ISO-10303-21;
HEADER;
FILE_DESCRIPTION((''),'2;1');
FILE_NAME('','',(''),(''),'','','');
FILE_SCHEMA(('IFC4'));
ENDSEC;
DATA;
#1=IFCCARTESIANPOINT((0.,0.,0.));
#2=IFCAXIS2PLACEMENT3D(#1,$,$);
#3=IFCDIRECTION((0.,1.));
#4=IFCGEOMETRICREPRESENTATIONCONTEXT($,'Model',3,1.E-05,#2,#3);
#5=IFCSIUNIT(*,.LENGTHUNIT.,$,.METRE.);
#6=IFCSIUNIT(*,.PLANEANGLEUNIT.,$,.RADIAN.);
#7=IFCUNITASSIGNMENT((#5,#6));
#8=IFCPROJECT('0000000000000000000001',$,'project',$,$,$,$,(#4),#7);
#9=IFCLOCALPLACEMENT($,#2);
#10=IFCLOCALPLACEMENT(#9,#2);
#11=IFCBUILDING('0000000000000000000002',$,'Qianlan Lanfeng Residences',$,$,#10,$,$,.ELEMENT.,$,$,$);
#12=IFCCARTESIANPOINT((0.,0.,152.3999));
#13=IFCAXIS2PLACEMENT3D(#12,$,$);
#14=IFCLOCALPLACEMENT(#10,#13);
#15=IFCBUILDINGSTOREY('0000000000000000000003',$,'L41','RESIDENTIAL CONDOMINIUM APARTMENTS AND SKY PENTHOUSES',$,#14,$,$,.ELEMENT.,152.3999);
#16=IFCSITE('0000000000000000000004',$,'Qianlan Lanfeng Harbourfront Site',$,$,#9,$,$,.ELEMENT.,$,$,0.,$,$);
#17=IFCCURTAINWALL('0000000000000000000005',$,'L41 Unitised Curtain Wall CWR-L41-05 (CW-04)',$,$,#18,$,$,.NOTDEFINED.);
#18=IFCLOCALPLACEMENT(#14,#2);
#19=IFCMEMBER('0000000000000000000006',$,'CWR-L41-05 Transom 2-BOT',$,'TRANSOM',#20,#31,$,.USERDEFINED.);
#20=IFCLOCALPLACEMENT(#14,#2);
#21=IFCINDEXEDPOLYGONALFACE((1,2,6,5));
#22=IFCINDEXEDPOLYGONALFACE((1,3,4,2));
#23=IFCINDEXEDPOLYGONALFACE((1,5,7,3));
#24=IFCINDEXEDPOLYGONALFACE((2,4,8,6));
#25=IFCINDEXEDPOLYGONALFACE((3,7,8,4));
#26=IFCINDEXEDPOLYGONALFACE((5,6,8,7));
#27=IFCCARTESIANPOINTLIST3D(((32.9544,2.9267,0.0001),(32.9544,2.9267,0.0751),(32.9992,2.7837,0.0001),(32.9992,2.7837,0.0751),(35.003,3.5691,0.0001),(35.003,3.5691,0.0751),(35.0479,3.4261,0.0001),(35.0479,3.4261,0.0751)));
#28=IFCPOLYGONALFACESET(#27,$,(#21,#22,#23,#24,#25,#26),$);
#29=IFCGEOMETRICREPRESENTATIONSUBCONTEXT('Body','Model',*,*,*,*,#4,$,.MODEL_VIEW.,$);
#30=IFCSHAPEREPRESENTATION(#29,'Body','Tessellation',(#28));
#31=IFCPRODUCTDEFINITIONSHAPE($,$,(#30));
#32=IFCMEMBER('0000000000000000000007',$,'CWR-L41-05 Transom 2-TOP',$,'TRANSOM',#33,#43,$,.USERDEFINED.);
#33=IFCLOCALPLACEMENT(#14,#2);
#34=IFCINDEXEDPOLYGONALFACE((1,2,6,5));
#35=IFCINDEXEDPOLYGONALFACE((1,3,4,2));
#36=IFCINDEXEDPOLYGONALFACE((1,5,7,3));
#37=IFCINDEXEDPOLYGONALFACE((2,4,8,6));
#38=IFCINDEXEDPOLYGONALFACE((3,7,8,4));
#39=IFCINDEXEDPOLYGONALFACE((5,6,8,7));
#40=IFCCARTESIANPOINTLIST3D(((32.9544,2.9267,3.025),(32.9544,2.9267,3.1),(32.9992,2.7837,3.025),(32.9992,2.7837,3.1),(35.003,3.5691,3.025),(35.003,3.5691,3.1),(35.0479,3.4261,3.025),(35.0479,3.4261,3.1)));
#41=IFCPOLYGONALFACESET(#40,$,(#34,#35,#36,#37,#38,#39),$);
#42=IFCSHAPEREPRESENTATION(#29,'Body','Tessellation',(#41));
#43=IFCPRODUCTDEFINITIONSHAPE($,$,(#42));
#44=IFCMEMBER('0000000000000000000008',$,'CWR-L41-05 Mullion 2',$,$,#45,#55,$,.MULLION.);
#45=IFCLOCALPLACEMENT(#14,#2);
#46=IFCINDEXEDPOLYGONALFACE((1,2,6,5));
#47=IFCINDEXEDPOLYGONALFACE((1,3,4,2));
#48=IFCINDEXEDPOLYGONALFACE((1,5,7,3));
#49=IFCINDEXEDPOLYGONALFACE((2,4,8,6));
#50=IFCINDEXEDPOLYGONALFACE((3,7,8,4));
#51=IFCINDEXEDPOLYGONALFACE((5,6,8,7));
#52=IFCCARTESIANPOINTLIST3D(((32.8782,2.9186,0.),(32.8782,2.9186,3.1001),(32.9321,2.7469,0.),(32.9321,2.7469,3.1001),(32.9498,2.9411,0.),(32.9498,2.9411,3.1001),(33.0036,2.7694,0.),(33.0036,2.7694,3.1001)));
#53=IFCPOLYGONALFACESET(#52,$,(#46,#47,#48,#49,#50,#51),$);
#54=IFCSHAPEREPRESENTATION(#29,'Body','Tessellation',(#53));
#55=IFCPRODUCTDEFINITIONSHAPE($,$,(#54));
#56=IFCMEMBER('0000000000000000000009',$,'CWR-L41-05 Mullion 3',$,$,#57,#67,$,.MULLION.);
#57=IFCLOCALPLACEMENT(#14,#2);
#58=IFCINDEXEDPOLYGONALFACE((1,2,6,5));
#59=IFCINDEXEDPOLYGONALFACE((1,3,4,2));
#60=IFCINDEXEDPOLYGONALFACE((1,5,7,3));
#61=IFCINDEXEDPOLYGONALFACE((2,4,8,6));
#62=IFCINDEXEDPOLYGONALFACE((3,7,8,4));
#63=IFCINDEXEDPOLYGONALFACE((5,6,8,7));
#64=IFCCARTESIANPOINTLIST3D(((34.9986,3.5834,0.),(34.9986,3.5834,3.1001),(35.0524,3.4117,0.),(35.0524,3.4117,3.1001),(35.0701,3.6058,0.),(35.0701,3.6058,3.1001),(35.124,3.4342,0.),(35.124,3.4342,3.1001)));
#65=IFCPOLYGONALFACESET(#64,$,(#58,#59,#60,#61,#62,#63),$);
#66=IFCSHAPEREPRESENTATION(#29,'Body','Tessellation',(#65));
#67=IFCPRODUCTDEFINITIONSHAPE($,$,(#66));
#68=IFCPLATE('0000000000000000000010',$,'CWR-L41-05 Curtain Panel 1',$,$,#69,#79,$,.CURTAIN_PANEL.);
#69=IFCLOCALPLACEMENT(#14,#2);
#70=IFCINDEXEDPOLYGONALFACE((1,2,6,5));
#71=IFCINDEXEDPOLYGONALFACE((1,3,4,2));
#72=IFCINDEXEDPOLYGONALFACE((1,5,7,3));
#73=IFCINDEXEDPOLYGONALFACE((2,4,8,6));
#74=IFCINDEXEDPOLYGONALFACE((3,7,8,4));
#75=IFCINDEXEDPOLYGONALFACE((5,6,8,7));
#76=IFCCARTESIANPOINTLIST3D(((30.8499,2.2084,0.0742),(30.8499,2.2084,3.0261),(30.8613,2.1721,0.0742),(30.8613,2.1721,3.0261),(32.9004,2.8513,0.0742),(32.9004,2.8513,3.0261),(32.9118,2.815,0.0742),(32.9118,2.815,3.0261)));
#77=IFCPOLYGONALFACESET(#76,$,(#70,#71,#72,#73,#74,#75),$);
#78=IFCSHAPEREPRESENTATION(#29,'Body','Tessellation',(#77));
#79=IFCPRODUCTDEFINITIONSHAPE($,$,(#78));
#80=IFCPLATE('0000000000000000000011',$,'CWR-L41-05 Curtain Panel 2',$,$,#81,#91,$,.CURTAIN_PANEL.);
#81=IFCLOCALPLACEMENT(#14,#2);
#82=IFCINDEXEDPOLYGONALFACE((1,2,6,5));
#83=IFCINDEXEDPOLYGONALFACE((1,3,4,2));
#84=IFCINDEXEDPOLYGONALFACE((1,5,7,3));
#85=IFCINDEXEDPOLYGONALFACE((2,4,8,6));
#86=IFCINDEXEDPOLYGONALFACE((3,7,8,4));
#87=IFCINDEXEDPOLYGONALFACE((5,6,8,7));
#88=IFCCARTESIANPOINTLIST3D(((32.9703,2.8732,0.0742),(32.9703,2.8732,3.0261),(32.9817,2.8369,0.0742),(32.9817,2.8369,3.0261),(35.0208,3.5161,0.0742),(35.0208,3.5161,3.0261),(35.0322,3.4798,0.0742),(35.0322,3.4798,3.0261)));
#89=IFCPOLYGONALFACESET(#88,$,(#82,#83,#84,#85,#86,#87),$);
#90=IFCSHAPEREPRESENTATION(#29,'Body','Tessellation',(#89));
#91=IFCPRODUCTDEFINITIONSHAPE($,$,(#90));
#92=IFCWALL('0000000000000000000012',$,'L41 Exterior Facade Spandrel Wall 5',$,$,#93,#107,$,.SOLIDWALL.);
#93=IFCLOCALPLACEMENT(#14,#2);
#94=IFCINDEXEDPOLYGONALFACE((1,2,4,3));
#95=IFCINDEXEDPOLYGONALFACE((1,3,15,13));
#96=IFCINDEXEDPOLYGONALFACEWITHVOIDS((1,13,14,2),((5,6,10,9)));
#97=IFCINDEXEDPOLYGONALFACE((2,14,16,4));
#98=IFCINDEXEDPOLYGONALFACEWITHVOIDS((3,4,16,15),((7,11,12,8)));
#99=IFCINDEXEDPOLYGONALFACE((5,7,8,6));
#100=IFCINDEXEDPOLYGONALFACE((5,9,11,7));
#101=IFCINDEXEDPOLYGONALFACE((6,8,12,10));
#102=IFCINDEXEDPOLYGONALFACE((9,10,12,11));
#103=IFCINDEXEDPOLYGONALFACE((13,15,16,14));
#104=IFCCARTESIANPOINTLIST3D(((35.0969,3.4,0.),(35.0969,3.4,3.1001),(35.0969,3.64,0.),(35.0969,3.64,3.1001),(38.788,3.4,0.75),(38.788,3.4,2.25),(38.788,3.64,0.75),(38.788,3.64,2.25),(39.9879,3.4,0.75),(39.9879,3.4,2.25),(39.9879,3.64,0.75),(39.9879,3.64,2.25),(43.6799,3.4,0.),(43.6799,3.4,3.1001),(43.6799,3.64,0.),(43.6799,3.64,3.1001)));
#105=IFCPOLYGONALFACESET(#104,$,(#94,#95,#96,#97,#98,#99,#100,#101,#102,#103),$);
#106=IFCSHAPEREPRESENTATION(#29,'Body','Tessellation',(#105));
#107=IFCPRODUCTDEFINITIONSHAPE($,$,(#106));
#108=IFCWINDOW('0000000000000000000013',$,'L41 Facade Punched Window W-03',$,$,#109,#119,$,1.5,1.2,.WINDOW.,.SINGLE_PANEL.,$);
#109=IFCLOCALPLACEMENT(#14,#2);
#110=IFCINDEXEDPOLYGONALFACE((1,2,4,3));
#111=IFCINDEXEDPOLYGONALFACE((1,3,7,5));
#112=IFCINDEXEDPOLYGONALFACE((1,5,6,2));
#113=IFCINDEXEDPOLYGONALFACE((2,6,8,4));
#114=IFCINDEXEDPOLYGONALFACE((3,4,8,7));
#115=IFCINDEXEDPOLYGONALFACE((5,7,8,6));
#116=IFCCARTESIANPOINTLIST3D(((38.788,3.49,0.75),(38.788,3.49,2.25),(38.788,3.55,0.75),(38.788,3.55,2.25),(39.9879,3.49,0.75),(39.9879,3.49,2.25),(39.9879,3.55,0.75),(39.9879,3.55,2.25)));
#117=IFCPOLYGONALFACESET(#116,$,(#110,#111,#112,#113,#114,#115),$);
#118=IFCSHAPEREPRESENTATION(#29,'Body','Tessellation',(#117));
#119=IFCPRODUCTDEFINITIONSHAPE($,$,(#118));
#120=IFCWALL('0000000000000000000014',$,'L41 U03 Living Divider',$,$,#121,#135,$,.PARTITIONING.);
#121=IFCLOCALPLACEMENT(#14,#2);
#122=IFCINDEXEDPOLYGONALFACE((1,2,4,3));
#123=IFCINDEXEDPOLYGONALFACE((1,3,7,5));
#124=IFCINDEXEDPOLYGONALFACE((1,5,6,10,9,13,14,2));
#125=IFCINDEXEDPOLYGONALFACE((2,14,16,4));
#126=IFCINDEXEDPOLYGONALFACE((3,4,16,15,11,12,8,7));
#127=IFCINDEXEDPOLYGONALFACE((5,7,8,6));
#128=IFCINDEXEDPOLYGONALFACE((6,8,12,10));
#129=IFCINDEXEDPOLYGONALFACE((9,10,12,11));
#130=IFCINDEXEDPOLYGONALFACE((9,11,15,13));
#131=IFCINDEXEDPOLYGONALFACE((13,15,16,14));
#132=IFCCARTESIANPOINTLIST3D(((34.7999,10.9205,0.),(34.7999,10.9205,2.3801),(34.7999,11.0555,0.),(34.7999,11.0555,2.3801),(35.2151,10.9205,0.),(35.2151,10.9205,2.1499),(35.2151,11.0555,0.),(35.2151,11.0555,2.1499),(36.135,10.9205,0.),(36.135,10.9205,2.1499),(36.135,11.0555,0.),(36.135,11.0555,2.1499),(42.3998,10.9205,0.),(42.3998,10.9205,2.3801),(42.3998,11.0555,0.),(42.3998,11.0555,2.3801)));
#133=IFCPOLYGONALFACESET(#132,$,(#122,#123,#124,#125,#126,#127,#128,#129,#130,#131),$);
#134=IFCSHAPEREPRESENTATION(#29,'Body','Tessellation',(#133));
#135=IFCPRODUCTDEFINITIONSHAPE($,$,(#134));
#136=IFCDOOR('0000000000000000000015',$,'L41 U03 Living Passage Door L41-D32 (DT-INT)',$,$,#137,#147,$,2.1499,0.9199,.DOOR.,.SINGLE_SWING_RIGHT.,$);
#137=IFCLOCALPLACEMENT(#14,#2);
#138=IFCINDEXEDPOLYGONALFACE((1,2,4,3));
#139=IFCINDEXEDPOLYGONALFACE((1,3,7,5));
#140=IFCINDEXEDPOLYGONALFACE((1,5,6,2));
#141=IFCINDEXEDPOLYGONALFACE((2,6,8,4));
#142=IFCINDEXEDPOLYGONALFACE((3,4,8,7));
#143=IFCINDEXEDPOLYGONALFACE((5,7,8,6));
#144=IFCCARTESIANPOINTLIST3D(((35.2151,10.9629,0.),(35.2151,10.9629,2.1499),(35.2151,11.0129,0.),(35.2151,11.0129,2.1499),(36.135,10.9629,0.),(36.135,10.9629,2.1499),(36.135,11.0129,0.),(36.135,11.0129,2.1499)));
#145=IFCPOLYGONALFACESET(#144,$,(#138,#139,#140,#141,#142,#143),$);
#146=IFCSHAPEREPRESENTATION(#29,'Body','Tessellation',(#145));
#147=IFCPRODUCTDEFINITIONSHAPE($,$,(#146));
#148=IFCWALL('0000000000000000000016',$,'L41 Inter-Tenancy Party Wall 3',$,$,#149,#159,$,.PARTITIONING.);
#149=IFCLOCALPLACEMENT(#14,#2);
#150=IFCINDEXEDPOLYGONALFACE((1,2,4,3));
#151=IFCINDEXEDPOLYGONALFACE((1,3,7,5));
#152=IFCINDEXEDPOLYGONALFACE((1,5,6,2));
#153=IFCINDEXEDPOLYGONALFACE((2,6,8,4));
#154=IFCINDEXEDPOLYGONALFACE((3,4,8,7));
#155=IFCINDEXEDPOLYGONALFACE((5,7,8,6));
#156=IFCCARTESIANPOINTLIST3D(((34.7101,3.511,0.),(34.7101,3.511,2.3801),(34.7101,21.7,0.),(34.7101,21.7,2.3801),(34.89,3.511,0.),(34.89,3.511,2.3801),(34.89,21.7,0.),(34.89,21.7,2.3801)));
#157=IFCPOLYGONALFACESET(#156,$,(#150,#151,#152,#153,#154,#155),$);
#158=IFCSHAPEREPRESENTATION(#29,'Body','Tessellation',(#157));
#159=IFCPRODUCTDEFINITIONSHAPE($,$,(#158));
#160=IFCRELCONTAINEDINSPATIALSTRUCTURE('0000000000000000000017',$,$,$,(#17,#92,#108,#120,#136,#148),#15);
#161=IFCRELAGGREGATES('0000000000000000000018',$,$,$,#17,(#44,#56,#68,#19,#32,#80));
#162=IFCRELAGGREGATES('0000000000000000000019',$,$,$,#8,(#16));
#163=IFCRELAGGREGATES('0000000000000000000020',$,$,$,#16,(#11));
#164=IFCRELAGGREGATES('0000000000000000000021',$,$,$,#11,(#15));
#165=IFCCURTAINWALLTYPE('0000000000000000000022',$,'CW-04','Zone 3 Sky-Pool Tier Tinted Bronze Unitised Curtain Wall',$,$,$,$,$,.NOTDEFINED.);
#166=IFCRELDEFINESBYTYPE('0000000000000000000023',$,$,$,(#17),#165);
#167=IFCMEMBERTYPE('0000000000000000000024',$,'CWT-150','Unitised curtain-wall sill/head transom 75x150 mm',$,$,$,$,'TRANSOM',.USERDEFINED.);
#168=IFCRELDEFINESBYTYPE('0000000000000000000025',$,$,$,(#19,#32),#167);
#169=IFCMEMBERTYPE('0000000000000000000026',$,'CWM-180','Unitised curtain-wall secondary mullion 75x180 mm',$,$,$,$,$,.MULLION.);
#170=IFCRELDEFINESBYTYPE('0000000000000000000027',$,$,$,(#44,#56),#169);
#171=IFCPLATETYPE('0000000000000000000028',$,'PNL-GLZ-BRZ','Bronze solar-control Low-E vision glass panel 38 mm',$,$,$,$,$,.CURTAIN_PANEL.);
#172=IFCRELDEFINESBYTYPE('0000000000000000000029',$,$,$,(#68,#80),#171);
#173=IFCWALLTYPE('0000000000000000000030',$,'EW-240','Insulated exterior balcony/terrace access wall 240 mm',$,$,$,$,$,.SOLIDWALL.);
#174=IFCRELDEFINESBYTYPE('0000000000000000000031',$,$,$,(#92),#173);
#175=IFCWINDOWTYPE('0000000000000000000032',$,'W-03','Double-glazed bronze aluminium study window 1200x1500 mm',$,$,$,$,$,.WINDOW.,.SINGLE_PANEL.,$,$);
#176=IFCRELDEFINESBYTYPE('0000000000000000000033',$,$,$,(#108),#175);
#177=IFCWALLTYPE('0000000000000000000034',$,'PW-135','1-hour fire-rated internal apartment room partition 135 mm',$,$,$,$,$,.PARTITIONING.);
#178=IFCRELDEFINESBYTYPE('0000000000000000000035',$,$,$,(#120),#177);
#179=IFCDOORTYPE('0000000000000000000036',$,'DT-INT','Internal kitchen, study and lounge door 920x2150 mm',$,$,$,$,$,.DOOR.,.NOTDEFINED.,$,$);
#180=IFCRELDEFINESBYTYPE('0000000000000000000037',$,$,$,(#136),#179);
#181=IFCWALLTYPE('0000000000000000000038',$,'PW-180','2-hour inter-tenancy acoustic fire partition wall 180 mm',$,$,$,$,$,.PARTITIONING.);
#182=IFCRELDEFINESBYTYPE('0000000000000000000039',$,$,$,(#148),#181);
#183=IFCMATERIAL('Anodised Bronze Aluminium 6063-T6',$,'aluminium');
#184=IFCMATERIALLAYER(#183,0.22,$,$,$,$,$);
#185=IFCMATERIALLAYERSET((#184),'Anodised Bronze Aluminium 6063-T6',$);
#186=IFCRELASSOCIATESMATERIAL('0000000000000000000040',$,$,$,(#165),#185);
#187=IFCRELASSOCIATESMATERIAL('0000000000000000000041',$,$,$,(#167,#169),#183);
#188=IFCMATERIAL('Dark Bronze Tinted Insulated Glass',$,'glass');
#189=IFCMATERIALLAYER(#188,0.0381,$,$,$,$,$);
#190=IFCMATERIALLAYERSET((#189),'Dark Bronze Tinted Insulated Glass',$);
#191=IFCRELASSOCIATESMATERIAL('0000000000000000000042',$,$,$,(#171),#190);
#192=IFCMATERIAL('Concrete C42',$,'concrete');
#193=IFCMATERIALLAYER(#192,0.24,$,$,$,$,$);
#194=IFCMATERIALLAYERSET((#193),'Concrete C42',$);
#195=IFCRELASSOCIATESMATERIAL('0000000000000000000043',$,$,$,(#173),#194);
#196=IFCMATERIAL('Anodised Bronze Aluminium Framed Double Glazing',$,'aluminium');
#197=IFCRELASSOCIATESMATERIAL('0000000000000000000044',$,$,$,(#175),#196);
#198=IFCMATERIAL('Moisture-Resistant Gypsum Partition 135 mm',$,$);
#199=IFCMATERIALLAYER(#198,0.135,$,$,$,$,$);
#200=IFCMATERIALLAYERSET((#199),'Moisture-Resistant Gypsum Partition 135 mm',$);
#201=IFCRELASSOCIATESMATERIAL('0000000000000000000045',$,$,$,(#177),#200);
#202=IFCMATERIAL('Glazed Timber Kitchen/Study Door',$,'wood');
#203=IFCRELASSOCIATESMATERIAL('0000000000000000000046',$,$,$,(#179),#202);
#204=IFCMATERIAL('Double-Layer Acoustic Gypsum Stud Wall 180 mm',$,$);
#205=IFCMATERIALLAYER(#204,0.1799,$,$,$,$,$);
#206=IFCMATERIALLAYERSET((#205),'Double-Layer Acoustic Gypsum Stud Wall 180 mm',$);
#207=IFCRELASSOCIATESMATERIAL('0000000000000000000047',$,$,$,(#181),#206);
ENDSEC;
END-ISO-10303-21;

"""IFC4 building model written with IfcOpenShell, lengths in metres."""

from ifc_helpers import new_model, si_unit, direction, frame, frame_2d, origin, origin_2d, place, context, subcontext, project, spatial, rectangle, extrude, source, transform, mapped, material, layer, layer_set, material_profile, profile_set, type_object, element, fill, aggregate, save


model = new_model("IFC4")

# Units and contexts
model_context = context("Model", 3, precision=1e-05, world=origin(), true_north=direction((0.0, 1.0)))
body_context = subcontext(model_context, "Body", "Model", "MODEL_VIEW")
ifc_project = project(units=[si_unit("LENGTHUNIT", "METRE"), si_unit("PLANEANGLEUNIT", "RADIAN")], contexts=[model_context])

# Site, building, storey
site_placement = place(None, origin())
site = spatial("IfcSite", under=ifc_project, at=site_placement, Name="Qianlan Lanfeng Harbourfront Site", CompositionType="ELEMENT", RefElevation=0.0)
building_placement = place(site_placement, origin())
building = spatial("IfcBuilding", under=site, at=building_placement, Name="Qianlan Lanfeng Residences", CompositionType="ELEMENT")
storey_placement = place(building_placement, frame((0.0, 0.0, 152.3999)))
storey = spatial("IfcBuildingStorey", under=building, at=storey_placement, Name="L41", Description="RESIDENTIAL CONDOMINIUM APARTMENTS AND SKY PENTHOUSES", CompositionType="ELEMENT", Elevation=152.3999)

# Curtain wall, members, plates
ifc_material_1 = material(Name="Anodised Bronze Aluminium 6063-T6", Category="aluminium")
ifc_layer_1 = layer(ifc_material_1, 0.22)
ifc_layer_set_1 = layer_set([ifc_layer_1], Name="Anodised Bronze Aluminium 6063-T6")
curtain_wall_type = type_object("IfcCurtainWallType", Name="CW-04", Description="Zone 3 Sky-Pool Tier Tinted Bronze Unitised Curtain Wall", PredefinedType="NOTDEFINED", material=ifc_layer_set_1)
curtain_wall_placement = place(storey_placement, origin())
curtain_wall = element("IfcCurtainWall", 1, at=curtain_wall_placement, inside=storey, type_object=curtain_wall_type, Name="L41 Unitised Curtain Wall CWR-L41-05 (CW-04)", PredefinedType="NOTDEFINED")
ifc_material_profile_1 = material_profile(ifc_material_1, rectangle(XDim=0.075, YDim=0.1499, at=origin_2d()), Name="ALU TRANSOM 75x150")
ifc_profile_set_1 = profile_set([ifc_material_profile_1], Name="Anodised Bronze Aluminium 6063-T6")
member_type_1 = type_object("IfcMemberType", Name="CWT-150", Description="Unitised curtain-wall sill/head transom 75x150 mm", ElementType="TRANSOM", PredefinedType="USERDEFINED", material=ifc_profile_set_1)
shared_shape_1 = source(origin(), body_context, "Body", "SweptSolid", [
    extrude(rectangle(XDim=0.075, YDim=0.1499, at=origin_2d()), origin(), (0.0, 0.0, 1.0), 2.147),
])
member_1_placement = place(storey_placement, frame((32.9768, 2.8552, 0.0376), z_axis=(0.954194, 0.299188, 0.0), x_axis=(0.0, 0.0, 1.0)))
member_1 = element("IfcMember", 2, at=member_1_placement, type_object=member_type_1, Name="CWR-L41-05 Transom 2-BOT", ObjectType="TRANSOM", PredefinedType="USERDEFINED", context=body_context, shape_type="MappedRepresentation", body=[
    mapped(shared_shape_1, transform((0.0, 0.0, 0.0), scale=1.0)),
])
member_2_placement = place(storey_placement, frame((32.9768, 2.8552, 3.0625), z_axis=(0.954194, 0.299188, 0.0), x_axis=(0.0, 0.0, 1.0)))
member_2 = element("IfcMember", 3, at=member_2_placement, type_object=member_type_1, Name="CWR-L41-05 Transom 2-TOP", ObjectType="TRANSOM", PredefinedType="USERDEFINED", context=body_context, shape_type="MappedRepresentation", body=[
    mapped(shared_shape_1, transform((0.0, 0.0, 0.0), scale=1.0)),
])
ifc_material_profile_2 = material_profile(ifc_material_1, rectangle(XDim=0.075, YDim=0.1799, at=origin_2d()), Name="ALU MULLION 75x180")
ifc_profile_set_2 = profile_set([ifc_material_profile_2], Name="Anodised Bronze Aluminium 6063-T6")
member_type_2 = type_object("IfcMemberType", Name="CWM-180", Description="Unitised curtain-wall secondary mullion 75x180 mm", PredefinedType="MULLION", material=ifc_profile_set_2)
shared_shape_2 = source(origin(), body_context, "Body", "SweptSolid", [
    extrude(rectangle(XDim=0.075, YDim=0.1799, at=origin_2d()), origin(), (0.0, 0.0, 1.0), 3.1001),
])
member_3_placement = place(storey_placement, frame((32.9409, 2.844, 0.0), z_axis=(0.0, 0.0, 1.0), x_axis=(0.954196, 0.299182, 0.0)))
member_3 = element("IfcMember", 4, at=member_3_placement, type_object=member_type_2, Name="CWR-L41-05 Mullion 2", PredefinedType="MULLION", context=body_context, shape_type="MappedRepresentation", body=[
    mapped(shared_shape_2, transform((0.0, 0.0, 0.0), scale=1.0)),
])
member_4_placement = place(storey_placement, frame((35.0613, 3.5088, 0.0), z_axis=(0.0, 0.0, 1.0), x_axis=(0.954196, 0.299182, 0.0)))
member_4 = element("IfcMember", 5, at=member_4_placement, type_object=member_type_2, Name="CWR-L41-05 Mullion 3", PredefinedType="MULLION", context=body_context, shape_type="MappedRepresentation", body=[
    mapped(shared_shape_2, transform((0.0, 0.0, 0.0), scale=1.0)),
])
ifc_material_2 = material(Name="Dark Bronze Tinted Insulated Glass", Category="glass")
ifc_layer_2 = layer(ifc_material_2, 0.0381)
ifc_layer_set_2 = layer_set([ifc_layer_2], Name="Dark Bronze Tinted Insulated Glass")
plate_type = type_object("IfcPlateType", Name="PNL-GLZ-BRZ", Description="Bronze solar-control Low-E vision glass panel 38 mm", PredefinedType="CURTAIN_PANEL", material=ifc_layer_set_2)
shared_shape_3 = source(origin(), body_context, "Body", "SweptSolid", [
    extrude(rectangle(XDim=2.1489, YDim=0.0381, at=origin_2d()), origin(), (0.0, 0.0, 1.0), 2.9519),
])
plate_1_placement = place(storey_placement, frame((31.8809, 2.5117, 0.0742), z_axis=(0.0, 0.0, 1.0), x_axis=(0.954196, 0.299182, 0.0)))
plate_1 = element("IfcPlate", 6, at=plate_1_placement, type_object=plate_type, Name="CWR-L41-05 Curtain Panel 1", PredefinedType="CURTAIN_PANEL", context=body_context, shape_type="MappedRepresentation", body=[
    mapped(shared_shape_3, transform((0.0, 0.0, 0.0), scale=1.0)),
])
plate_2_placement = place(storey_placement, frame((34.0012, 3.1765, 0.0742), z_axis=(0.0, 0.0, 1.0), x_axis=(0.954196, 0.299182, 0.0)))
plate_2 = element("IfcPlate", 7, at=plate_2_placement, type_object=plate_type, Name="CWR-L41-05 Curtain Panel 2", PredefinedType="CURTAIN_PANEL", context=body_context, shape_type="MappedRepresentation", body=[
    mapped(shared_shape_3, transform((0.0, 0.0, 0.0), scale=1.0)),
])
aggregate(curtain_wall, [member_3, member_4, plate_1, member_1, member_2, plate_2])

# Wall, opening, window
ifc_material_3 = material(Name="Concrete C42", Category="concrete")
ifc_layer_3 = layer(ifc_material_3, 0.24)
ifc_layer_set_3 = layer_set([ifc_layer_3], Name="Concrete C42")
wall_type_1 = type_object("IfcWallType", Name="EW-240", Description="Insulated exterior balcony/terrace access wall 240 mm", PredefinedType="SOLIDWALL", material=ifc_layer_set_3)
wall_1_placement = place(storey_placement, frame((35.0969, 3.52, 0.0), z_axis=(0.0, 0.0, 1.0), x_axis=(1.0, 0.0, 0.0)))
wall_1 = element("IfcWall", 8, at=wall_1_placement, inside=storey, type_object=wall_type_1, Name="L41 Exterior Facade Spandrel Wall 5", PredefinedType="SOLIDWALL", context=body_context, shape_type="SweptSolid", body=[
    extrude(rectangle(XDim=8.583, YDim=0.24, at=frame_2d((4.2915, 0.0))), origin(), (0.0, 0.0, 1.0), 3.1001),
])
opening_1_placement = place(wall_1_placement, frame((3.6909, 0.0, 0.75)))
opening_1 = element("IfcOpeningElement", 9, at=opening_1_placement, cuts=wall_1, PredefinedType="OPENING", context=body_context, shape_type="SweptSolid", body=[
    extrude(rectangle(XDim=1.2, YDim=1.5, at=frame_2d((0.6001, 0.75))), frame((0.0, 0.1299, 0.0), z_axis=(0.0, -1.0, 0.0), x_axis=(1.0, 0.0, 0.0)), (0.0, 0.0, 1.0), 0.26),
])
ifc_material_4 = material(Name="Anodised Bronze Aluminium Framed Double Glazing", Category="aluminium")
window_type = type_object("IfcWindowType", Name="W-03", Description="Double-glazed bronze aluminium study window 1200x1500 mm", PartitioningType="SINGLE_PANEL", PredefinedType="WINDOW", material=ifc_material_4)
window_placement = place(opening_1_placement, origin())
window = element("IfcWindow", 10, at=window_placement, inside=storey, type_object=window_type, Name="L41 Facade Punched Window W-03", OverallHeight=1.5, OverallWidth=1.2, PartitioningType="SINGLE_PANEL", PredefinedType="WINDOW", context=body_context, shape_type="SweptSolid", body=[
    extrude(rectangle(XDim=1.2, YDim=1.5, at=frame_2d((0.6001, 0.75))), frame((0.0, 0.03, 0.0), z_axis=(0.0, -1.0, 0.0), x_axis=(1.0, 0.0, 0.0)), (0.0, 0.0, 1.0), 0.0601),
])
fill(opening_1, window)

# Wall, opening, door
ifc_material_5 = material(Name="Moisture-Resistant Gypsum Partition 135 mm")
ifc_layer_4 = layer(ifc_material_5, 0.135)
ifc_layer_set_4 = layer_set([ifc_layer_4], Name="Moisture-Resistant Gypsum Partition 135 mm")
wall_type_2 = type_object("IfcWallType", Name="PW-135", Description="1-hour fire-rated internal apartment room partition 135 mm", PredefinedType="PARTITIONING", material=ifc_layer_set_4)
wall_2_placement = place(storey_placement, frame((34.8, 10.988, 0.0), z_axis=(0.0, 0.0, 1.0), x_axis=(1.0, 0.0, 0.0)))
wall_2 = element("IfcWall", 11, at=wall_2_placement, inside=storey, type_object=wall_type_2, Name="L41 U03 Living Divider", PredefinedType="PARTITIONING", context=body_context, shape_type="SweptSolid", body=[
    extrude(rectangle(XDim=7.5999, YDim=0.135, at=frame_2d((3.7998, 0.0))), origin(), (0.0, 0.0, 1.0), 2.3801),
])
opening_2_placement = place(wall_2_placement, frame((0.415, 0.0, 0.0)))
opening_2 = element("IfcOpeningElement", 12, at=opening_2_placement, cuts=wall_2, PredefinedType="OPENING", context=body_context, shape_type="SweptSolid", body=[
    extrude(rectangle(XDim=0.9199, YDim=2.1499, at=frame_2d((0.46, 1.075))), frame((0.0, 0.0776, 0.0), z_axis=(0.0, -1.0, 0.0), x_axis=(1.0, 0.0, 0.0)), (0.0, 0.0, 1.0), 0.155),
])
ifc_material_6 = material(Name="Glazed Timber Kitchen/Study Door", Category="wood")
door_type_1 = type_object("IfcDoorType", Name="DT-INT", Description="Internal kitchen, study and lounge door 920x2150 mm", OperationType="NOTDEFINED", PredefinedType="DOOR", material=ifc_material_6)
door_1_placement = place(opening_2_placement, origin())
door_1 = element("IfcDoor", 13, at=door_1_placement, inside=storey, type_object=door_type_1, Name="L41 U03 Living Passage Door L41-D32 (DT-INT)", OperationType="SINGLE_SWING_RIGHT", OverallHeight=2.1499, OverallWidth=0.9199, PredefinedType="DOOR", context=body_context, shape_type="SweptSolid", body=[
    extrude(rectangle(XDim=0.9199, YDim=2.1499, at=frame_2d((0.46, 1.075))), frame((0.0, 0.0249, 0.0), z_axis=(0.0, -1.0, 0.0), x_axis=(1.0, 0.0, 0.0)), (0.0, 0.0, 1.0), 0.05),
])
fill(opening_2, door_1)

# Wall
ifc_material_7 = material(Name="Double-Layer Acoustic Gypsum Stud Wall 180 mm")
ifc_layer_5 = layer(ifc_material_7, 0.1799)
ifc_layer_set_5 = layer_set([ifc_layer_5], Name="Double-Layer Acoustic Gypsum Stud Wall 180 mm")
wall_type_3 = type_object("IfcWallType", Name="PW-180", Description="2-hour inter-tenancy acoustic fire partition wall 180 mm", PredefinedType="PARTITIONING", material=ifc_layer_set_5)
wall_3_placement = place(storey_placement, frame((34.8, 3.511, 0.0), z_axis=(0.0, 0.0, 1.0), x_axis=(0.0, 1.0, 0.0)))
element("IfcWall", 14, at=wall_3_placement, inside=storey, type_object=wall_type_3, Name="L41 Inter-Tenancy Party Wall 3", PredefinedType="PARTITIONING", context=body_context, shape_type="SweptSolid", body=[
    extrude(rectangle(XDim=18.189, YDim=0.1799, at=frame_2d((9.0945, 0.0))), origin(), (0.0, 0.0, 1.0), 2.3801),
])

save(model, "model.ifc")
